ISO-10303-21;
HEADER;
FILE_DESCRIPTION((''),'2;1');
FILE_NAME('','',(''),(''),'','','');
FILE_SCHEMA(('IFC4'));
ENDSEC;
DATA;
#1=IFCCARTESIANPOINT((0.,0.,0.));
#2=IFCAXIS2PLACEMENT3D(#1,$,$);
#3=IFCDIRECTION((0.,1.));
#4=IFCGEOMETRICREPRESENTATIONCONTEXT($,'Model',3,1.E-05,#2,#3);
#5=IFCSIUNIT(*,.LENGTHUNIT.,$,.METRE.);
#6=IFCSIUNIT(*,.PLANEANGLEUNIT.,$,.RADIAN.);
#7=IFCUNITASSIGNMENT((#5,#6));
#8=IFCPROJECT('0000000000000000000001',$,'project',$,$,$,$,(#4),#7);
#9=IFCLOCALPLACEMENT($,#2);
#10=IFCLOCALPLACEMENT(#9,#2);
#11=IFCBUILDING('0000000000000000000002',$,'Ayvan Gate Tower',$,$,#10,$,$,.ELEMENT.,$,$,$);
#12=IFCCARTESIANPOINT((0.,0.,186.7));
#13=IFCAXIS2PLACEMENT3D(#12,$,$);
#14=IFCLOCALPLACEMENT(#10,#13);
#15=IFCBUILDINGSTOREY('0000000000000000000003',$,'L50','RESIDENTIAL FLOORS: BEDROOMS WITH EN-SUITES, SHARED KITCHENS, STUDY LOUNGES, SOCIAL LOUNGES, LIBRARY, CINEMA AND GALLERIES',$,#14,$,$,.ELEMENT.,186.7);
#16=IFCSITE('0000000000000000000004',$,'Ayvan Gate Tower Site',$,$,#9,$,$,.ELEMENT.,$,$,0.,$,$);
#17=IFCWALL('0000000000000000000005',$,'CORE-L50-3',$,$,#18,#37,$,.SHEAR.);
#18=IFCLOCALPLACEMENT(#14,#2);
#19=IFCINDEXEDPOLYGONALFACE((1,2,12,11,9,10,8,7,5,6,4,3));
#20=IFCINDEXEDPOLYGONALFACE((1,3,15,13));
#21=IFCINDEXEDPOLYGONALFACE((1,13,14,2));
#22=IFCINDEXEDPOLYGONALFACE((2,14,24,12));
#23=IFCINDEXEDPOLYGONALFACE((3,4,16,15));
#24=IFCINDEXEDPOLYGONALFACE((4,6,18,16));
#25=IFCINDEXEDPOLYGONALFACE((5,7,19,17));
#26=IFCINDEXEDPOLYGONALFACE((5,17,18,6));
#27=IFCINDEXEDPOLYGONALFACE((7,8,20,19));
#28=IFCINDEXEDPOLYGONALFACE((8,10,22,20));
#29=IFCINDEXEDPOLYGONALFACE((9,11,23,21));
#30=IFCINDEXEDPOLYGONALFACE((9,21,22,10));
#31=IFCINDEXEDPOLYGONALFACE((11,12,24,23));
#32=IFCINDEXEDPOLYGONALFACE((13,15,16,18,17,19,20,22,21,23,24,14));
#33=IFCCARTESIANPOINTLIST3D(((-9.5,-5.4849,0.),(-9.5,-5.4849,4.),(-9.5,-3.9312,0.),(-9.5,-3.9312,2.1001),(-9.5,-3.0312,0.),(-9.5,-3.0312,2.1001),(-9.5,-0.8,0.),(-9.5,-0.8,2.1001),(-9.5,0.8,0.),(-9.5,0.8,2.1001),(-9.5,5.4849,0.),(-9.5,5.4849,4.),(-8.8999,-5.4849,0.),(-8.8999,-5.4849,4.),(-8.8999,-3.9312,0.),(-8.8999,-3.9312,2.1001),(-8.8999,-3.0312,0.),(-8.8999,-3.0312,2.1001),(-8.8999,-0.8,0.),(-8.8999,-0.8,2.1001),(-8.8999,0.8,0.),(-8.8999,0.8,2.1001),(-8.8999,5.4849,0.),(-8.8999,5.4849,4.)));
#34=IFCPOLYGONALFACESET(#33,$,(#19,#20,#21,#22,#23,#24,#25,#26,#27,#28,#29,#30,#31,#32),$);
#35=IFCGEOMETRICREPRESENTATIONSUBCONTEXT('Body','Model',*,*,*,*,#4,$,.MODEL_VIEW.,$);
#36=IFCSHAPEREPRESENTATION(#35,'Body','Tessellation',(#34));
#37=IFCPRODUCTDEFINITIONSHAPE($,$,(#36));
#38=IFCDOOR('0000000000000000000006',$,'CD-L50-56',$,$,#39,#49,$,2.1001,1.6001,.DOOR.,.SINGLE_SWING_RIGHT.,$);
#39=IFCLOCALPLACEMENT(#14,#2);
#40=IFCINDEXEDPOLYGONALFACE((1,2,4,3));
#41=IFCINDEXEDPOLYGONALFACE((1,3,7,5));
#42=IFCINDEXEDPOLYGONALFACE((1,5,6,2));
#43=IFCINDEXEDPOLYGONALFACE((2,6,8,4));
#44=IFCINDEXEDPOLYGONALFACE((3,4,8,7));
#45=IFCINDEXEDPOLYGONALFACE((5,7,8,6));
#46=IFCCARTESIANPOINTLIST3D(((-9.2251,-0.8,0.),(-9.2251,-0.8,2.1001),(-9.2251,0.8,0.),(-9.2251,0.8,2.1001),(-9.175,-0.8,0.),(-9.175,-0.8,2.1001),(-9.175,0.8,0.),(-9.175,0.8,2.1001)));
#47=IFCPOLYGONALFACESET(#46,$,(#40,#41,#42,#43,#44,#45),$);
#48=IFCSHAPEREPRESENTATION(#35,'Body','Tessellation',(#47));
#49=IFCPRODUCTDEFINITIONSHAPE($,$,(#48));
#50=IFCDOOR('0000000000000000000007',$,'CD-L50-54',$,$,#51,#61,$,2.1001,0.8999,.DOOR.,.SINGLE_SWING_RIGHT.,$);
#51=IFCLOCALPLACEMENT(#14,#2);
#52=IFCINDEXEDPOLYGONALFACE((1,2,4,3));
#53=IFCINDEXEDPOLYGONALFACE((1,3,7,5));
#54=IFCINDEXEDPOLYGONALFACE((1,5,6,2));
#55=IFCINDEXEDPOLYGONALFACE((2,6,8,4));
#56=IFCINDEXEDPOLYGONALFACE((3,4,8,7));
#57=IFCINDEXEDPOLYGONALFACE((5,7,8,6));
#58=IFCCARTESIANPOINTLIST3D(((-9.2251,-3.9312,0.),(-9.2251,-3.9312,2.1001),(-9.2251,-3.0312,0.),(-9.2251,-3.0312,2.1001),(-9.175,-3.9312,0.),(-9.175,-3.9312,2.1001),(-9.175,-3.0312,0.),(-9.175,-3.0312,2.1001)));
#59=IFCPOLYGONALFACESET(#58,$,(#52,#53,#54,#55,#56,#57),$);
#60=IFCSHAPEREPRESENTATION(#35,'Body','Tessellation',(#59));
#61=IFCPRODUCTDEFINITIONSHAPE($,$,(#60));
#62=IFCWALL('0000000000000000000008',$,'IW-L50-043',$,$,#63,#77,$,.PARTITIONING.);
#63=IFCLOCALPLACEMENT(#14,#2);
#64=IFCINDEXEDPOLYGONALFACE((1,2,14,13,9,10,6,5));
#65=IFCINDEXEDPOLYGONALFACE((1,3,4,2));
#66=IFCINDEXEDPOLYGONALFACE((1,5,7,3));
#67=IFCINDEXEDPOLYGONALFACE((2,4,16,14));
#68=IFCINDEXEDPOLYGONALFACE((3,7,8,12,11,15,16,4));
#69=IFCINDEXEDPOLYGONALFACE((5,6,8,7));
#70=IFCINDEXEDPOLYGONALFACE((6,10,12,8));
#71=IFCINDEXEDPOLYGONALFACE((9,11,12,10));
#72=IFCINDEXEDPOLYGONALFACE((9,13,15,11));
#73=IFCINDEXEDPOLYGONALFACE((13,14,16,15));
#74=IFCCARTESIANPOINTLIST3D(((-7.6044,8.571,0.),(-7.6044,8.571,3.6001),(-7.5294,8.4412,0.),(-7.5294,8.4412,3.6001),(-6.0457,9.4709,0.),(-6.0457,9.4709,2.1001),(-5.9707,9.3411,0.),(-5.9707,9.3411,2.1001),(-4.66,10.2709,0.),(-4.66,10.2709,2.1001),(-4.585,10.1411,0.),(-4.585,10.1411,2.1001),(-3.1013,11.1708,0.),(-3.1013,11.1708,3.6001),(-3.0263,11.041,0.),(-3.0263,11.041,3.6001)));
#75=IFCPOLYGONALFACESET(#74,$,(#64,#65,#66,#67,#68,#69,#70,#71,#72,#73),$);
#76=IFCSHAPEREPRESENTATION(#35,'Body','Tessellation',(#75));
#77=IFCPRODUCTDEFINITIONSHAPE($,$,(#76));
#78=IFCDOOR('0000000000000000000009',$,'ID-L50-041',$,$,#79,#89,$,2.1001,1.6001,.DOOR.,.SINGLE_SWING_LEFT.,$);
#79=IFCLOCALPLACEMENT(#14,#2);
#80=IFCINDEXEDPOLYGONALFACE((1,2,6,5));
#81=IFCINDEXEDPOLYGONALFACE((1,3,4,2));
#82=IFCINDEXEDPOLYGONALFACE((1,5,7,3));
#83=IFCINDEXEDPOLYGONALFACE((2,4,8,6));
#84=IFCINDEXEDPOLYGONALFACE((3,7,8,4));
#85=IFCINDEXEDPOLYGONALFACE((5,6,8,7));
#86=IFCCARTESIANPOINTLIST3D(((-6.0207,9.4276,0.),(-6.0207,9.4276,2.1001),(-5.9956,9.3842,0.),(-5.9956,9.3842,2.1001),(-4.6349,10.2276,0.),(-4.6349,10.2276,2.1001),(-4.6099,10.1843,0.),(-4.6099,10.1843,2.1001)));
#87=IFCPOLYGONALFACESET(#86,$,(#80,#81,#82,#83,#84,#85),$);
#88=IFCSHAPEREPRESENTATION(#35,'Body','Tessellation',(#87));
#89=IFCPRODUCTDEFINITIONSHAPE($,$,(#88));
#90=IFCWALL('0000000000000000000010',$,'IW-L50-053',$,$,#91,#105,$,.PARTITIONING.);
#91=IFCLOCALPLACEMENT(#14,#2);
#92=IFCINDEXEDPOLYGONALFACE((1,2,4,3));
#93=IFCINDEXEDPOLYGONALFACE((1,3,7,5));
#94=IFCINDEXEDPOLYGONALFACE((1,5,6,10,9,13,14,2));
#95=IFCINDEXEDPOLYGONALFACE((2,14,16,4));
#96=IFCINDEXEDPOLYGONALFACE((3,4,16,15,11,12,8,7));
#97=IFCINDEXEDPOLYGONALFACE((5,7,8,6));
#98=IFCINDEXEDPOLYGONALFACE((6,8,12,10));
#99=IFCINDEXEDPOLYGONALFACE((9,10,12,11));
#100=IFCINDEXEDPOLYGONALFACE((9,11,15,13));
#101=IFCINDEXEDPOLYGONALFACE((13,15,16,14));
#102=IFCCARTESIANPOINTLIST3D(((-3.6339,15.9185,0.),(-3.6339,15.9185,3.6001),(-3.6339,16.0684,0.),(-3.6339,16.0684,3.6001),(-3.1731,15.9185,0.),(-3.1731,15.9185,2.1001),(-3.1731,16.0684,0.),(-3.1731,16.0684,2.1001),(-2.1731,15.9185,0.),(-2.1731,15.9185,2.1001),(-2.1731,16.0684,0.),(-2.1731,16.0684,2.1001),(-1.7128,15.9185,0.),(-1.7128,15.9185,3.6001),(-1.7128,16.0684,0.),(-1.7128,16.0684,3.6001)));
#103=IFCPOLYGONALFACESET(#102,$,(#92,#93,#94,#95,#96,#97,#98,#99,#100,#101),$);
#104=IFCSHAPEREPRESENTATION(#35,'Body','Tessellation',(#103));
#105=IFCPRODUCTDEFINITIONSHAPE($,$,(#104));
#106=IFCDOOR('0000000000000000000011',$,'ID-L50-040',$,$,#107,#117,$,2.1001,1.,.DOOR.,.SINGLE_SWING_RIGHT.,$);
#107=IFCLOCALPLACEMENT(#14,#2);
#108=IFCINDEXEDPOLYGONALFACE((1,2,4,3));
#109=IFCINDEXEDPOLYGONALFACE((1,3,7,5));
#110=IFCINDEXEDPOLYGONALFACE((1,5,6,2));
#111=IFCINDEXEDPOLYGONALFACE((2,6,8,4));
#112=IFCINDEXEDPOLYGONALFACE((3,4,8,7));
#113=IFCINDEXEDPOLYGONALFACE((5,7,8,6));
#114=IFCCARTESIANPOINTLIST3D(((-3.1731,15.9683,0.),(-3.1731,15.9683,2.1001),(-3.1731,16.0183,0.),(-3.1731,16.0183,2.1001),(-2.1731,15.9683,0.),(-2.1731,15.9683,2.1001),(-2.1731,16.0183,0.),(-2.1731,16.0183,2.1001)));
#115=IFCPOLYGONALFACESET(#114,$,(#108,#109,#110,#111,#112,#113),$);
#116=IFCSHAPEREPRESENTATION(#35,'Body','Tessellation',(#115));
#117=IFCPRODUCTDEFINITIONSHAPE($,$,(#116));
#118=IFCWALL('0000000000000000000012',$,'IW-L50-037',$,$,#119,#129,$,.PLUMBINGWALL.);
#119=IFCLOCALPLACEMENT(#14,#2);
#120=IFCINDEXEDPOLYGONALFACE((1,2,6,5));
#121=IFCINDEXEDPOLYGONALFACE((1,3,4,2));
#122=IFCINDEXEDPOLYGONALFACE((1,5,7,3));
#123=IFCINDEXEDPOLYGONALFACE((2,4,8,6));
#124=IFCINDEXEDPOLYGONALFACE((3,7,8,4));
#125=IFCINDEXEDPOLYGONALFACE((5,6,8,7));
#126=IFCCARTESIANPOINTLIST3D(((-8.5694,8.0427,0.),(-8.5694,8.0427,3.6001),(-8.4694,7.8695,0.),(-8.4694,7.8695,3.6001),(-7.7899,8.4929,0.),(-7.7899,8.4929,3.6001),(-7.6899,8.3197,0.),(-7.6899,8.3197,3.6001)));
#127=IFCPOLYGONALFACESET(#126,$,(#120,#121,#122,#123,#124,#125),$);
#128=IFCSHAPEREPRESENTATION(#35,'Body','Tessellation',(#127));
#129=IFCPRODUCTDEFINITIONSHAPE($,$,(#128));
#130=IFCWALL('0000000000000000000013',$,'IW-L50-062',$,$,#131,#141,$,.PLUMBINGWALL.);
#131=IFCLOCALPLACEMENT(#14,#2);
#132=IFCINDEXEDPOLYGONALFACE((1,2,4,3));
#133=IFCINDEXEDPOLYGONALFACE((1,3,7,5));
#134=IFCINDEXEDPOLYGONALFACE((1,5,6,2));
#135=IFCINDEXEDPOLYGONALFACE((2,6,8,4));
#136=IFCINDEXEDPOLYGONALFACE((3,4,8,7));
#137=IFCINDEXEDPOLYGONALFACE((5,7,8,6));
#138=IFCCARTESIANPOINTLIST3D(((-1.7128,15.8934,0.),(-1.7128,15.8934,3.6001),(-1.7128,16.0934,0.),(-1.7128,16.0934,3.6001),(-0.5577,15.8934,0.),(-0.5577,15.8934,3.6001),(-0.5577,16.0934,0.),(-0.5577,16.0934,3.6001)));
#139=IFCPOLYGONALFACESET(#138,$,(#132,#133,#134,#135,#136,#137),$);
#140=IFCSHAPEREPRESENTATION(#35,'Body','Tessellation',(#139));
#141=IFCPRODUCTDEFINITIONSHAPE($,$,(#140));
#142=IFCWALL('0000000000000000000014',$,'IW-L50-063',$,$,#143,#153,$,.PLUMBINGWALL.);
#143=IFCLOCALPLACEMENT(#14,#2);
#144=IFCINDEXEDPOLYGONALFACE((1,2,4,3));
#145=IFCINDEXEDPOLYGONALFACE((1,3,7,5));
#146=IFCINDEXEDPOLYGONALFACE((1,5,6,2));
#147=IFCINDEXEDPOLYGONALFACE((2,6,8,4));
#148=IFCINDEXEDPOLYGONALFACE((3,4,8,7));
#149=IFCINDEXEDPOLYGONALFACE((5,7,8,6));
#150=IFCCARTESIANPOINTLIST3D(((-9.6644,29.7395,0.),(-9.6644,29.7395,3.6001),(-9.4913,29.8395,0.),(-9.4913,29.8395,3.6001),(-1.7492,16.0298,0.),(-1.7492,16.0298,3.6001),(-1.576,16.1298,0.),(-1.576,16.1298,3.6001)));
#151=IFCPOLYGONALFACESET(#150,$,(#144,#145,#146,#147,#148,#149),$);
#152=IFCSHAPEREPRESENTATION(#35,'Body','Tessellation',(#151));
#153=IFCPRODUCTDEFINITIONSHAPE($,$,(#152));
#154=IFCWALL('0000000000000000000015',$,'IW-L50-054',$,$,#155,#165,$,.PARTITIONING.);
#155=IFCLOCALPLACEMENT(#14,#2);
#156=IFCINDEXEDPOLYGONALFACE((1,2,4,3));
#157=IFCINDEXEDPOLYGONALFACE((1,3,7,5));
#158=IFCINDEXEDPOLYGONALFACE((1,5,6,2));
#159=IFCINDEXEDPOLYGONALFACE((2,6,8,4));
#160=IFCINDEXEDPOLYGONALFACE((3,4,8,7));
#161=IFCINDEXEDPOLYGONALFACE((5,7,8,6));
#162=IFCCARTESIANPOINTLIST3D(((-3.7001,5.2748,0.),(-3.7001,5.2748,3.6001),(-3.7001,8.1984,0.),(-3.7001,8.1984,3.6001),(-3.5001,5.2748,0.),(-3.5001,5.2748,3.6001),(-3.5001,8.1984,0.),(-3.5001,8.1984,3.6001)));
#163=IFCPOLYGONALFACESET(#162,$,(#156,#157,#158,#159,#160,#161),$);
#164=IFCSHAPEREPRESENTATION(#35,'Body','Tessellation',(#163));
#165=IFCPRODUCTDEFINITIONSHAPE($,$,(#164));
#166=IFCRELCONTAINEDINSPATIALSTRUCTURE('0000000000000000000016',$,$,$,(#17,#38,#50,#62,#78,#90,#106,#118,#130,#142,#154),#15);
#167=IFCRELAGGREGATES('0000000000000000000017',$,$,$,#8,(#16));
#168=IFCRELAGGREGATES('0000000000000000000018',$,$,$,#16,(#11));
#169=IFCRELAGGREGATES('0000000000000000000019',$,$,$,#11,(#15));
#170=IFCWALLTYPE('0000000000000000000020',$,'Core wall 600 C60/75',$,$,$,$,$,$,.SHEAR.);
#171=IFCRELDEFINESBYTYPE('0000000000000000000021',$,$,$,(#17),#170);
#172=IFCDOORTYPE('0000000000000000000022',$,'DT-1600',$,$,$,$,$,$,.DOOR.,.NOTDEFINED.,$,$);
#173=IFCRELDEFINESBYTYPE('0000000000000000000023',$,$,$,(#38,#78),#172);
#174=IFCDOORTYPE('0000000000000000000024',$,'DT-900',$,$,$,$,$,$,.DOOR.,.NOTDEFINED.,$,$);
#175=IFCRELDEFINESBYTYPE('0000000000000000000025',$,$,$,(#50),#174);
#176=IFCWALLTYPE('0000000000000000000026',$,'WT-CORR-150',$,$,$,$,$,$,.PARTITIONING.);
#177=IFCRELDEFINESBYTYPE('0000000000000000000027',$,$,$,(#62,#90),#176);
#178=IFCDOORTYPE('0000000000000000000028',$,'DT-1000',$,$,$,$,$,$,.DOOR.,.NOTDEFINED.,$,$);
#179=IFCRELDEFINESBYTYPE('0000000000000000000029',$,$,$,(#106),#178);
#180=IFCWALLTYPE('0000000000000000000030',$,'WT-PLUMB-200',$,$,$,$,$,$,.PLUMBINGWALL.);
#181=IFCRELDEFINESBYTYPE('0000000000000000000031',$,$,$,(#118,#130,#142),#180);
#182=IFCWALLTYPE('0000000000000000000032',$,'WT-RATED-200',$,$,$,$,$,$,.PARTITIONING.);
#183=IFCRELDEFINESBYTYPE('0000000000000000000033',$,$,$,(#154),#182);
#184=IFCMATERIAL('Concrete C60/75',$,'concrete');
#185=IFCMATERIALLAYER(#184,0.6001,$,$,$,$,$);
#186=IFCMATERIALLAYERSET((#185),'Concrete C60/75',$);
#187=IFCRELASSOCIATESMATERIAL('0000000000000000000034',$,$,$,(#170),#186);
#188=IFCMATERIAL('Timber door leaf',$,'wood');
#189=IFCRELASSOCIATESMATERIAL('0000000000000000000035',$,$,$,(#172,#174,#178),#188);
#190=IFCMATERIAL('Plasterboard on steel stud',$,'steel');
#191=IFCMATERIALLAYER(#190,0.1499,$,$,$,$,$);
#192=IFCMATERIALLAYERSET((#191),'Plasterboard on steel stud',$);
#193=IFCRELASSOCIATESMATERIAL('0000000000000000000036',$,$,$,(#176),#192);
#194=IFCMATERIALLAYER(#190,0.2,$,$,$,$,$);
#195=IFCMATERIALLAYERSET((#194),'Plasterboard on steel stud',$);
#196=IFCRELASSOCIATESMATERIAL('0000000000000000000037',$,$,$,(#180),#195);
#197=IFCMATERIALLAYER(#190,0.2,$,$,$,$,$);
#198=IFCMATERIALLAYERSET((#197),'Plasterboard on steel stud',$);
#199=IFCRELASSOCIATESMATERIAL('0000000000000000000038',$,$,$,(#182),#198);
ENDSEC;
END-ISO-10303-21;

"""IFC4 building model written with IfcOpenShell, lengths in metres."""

from ifc_helpers import new_model, si_unit, direction, frame, frame_2d, origin, place, context, subcontext, project, spatial, rectangle, extrude, material, layer, layer_set, type_object, element, fill, save


model = new_model("IFC4")

# Units and contexts
model_context = context("Model", 3, precision=1e-05, world=origin(), true_north=direction((0.0, 1.0)))
body_context = subcontext(model_context, "Body", "Model", "MODEL_VIEW")
ifc_project = project(units=[si_unit("LENGTHUNIT", "METRE"), si_unit("PLANEANGLEUNIT", "RADIAN")], contexts=[model_context])

# Site, building, storey
site_placement = place(None, origin())
site = spatial("IfcSite", under=ifc_project, at=site_placement, Name="Ayvan Gate Tower Site", CompositionType="ELEMENT", RefElevation=0.0)
building_placement = place(site_placement, origin())
building = spatial("IfcBuilding", under=site, at=building_placement, Name="Ayvan Gate Tower", CompositionType="ELEMENT")
storey_placement = place(building_placement, frame((0.0, 0.0, 186.7)))
storey = spatial("IfcBuildingStorey", under=building, at=storey_placement, Name="L50", Description="RESIDENTIAL FLOORS: BEDROOMS WITH EN-SUITES, SHARED KITCHENS, STUDY LOUNGES, SOCIAL LOUNGES, LIBRARY, CINEMA AND GALLERIES", CompositionType="ELEMENT", Elevation=186.7)

# Wall, openings, doors
ifc_material_1 = material(Name="Concrete C60/75", Category="concrete")
ifc_layer_1 = layer(ifc_material_1, 0.6001)
ifc_layer_set_1 = layer_set([ifc_layer_1], Name="Concrete C60/75")
wall_type_1 = type_object("IfcWallType", Name="Core wall 600 C60/75", PredefinedType="SHEAR", material=ifc_layer_set_1)
wall_1_placement = place(storey_placement, frame((-9.2, 5.4849, 0.0), z_axis=(0.0, 0.0, 1.0), x_axis=(0.0, -1.0, 0.0)))
wall_1 = element("IfcWall", 1, at=wall_1_placement, inside=storey, type_object=wall_type_1, Name="CORE-L50-3", PredefinedType="SHEAR", context=body_context, shape_type="SweptSolid", body=[
    extrude(rectangle(XDim=10.9697, YDim=0.6001, at=frame_2d((5.4849, 0.0))), origin(), (0.0, 0.0, 1.0), 4.0),
])
opening_1_placement = place(wall_1_placement, frame((8.5161, 0.0, 0.0)))
opening_1 = element("IfcOpeningElement", 2, at=opening_1_placement, cuts=wall_1, PredefinedType="OPENING", context=body_context, shape_type="SweptSolid", body=[
    extrude(rectangle(XDim=0.8999, YDim=2.1001, at=frame_2d((0.45, 1.05))), frame((0.0, 0.3101, 0.0), z_axis=(0.0, -1.0, 0.0), x_axis=(1.0, 0.0, 0.0)), (0.0, 0.0, 1.0), 0.6201),
])
opening_2_placement = place(wall_1_placement, frame((4.6848, 0.0, 0.0)))
opening_2 = element("IfcOpeningElement", 3, at=opening_2_placement, cuts=wall_1, PredefinedType="OPENING", context=body_context, shape_type="SweptSolid", body=[
    extrude(rectangle(XDim=1.6001, YDim=2.1001, at=frame_2d((0.8, 1.05))), frame((0.0, 0.3101, 0.0), z_axis=(0.0, -1.0, 0.0), x_axis=(1.0, 0.0, 0.0)), (0.0, 0.0, 1.0), 0.6201),
])
ifc_material_2 = material(Name="Timber door leaf", Category="wood")
door_type_1 = type_object("IfcDoorType", Name="DT-1600", OperationType="NOTDEFINED", PredefinedType="DOOR", material=ifc_material_2)
door_1_placement = place(opening_2_placement, origin())
door_1 = element("IfcDoor", 4, at=door_1_placement, inside=storey, type_object=door_type_1, Name="CD-L50-56", OperationType="SINGLE_SWING_RIGHT", OverallHeight=2.1001, OverallWidth=1.6001, PredefinedType="DOOR", context=body_context, shape_type="SweptSolid", body=[
    extrude(rectangle(XDim=1.6001, YDim=2.1001, at=frame_2d((0.8, 1.05))), frame((0.0, 0.0249, 0.0), z_axis=(0.0, -1.0, 0.0), x_axis=(1.0, 0.0, 0.0)), (0.0, 0.0, 1.0), 0.05),
])
fill(opening_2, door_1)
door_type_2 = type_object("IfcDoorType", Name="DT-900", OperationType="NOTDEFINED", PredefinedType="DOOR", material=ifc_material_2)
door_2_placement = place(opening_1_placement, origin())
door_2 = element("IfcDoor", 5, at=door_2_placement, inside=storey, type_object=door_type_2, Name="CD-L50-54", OperationType="SINGLE_SWING_RIGHT", OverallHeight=2.1001, OverallWidth=0.8999, PredefinedType="DOOR", context=body_context, shape_type="SweptSolid", body=[
    extrude(rectangle(XDim=0.8999, YDim=2.1001, at=frame_2d((0.45, 1.05))), frame((0.0, 0.0249, 0.0), z_axis=(0.0, -1.0, 0.0), x_axis=(1.0, 0.0, 0.0)), (0.0, 0.0, 1.0), 0.05),
])
fill(opening_1, door_2)

# Walls, openings, doors
ifc_material_3 = material(Name="Plasterboard on steel stud", Category="steel")
ifc_layer_2 = layer(ifc_material_3, 0.1499)
ifc_layer_set_2 = layer_set([ifc_layer_2], Name="Plasterboard on steel stud")
wall_type_2 = type_object("IfcWallType", Name="WT-CORR-150", PredefinedType="PARTITIONING", material=ifc_layer_set_2)
wall_2_placement = place(storey_placement, frame((-7.5669, 8.5061, 0.0), z_axis=(0.0, 0.0, 1.0), x_axis=(0.86603, 0.499992, 0.0)))
wall_2 = element("IfcWall", 6, at=wall_2_placement, inside=storey, type_object=wall_type_2, Name="IW-L50-043", PredefinedType="PARTITIONING", context=body_context, shape_type="SweptSolid", body=[
    extrude(rectangle(XDim=5.1997, YDim=0.1499, at=frame_2d((2.5999, 0.0))), origin(), (0.0, 0.0, 1.0), 3.6001),
])
opening_3_placement = place(wall_2_placement, frame((1.7998, 0.0, 0.0)))
opening_3 = element("IfcOpeningElement", 7, at=opening_3_placement, cuts=wall_2, PredefinedType="OPENING", context=body_context, shape_type="SweptSolid", body=[
    extrude(rectangle(XDim=1.6001, YDim=2.1001, at=frame_2d((0.8, 1.05))), frame((0.0, 0.085, 0.0), z_axis=(0.0, -1.0, 0.0), x_axis=(1.0, 0.0, 0.0)), (0.0, 0.0, 1.0), 0.1699),
])
door_3_placement = place(opening_3_placement, origin())
door_3 = element("IfcDoor", 8, at=door_3_placement, inside=storey, type_object=door_type_1, Name="ID-L50-041", OperationType="SINGLE_SWING_LEFT", OverallHeight=2.1001, OverallWidth=1.6001, PredefinedType="DOOR", context=body_context, shape_type="SweptSolid", body=[
    extrude(rectangle(XDim=1.6001, YDim=2.1001, at=frame_2d((0.8, 1.05))), frame((0.0, 0.0249, 0.0), z_axis=(0.0, -1.0, 0.0), x_axis=(1.0, 0.0, 0.0)), (0.0, 0.0, 1.0), 0.05),
])
fill(opening_3, door_3)
wall_3_placement = place(storey_placement, frame((-3.6338, 15.9934, 0.0), z_axis=(0.0, 0.0, 1.0), x_axis=(1.0, 0.0, 0.0)))
wall_3 = element("IfcWall", 9, at=wall_3_placement, inside=storey, type_object=wall_type_2, Name="IW-L50-053", PredefinedType="PARTITIONING", context=body_context, shape_type="SweptSolid", body=[
    extrude(rectangle(XDim=1.9211, YDim=0.1499, at=frame_2d((0.9604, 0.0))), origin(), (0.0, 0.0, 1.0), 3.6001),
])
opening_4_placement = place(wall_3_placement, frame((0.4607, 0.0, 0.0)))
opening_4 = element("IfcOpeningElement", 10, at=opening_4_placement, cuts=wall_3, PredefinedType="OPENING", context=body_context, shape_type="SweptSolid", body=[
    extrude(rectangle(XDim=1.0, YDim=2.1001, at=frame_2d((0.5, 1.05))), frame((0.0, 0.085, 0.0), z_axis=(0.0, -1.0, 0.0), x_axis=(1.0, 0.0, 0.0)), (0.0, 0.0, 1.0), 0.1699),
])
door_type_3 = type_object("IfcDoorType", Name="DT-1000", OperationType="NOTDEFINED", PredefinedType="DOOR", material=ifc_material_2)
door_4_placement = place(opening_4_placement, origin())
door_4 = element("IfcDoor", 11, at=door_4_placement, inside=storey, type_object=door_type_3, Name="ID-L50-040", OperationType="SINGLE_SWING_RIGHT", OverallHeight=2.1001, OverallWidth=1.0, PredefinedType="DOOR", context=body_context, shape_type="SweptSolid", body=[
    extrude(rectangle(XDim=1.0, YDim=2.1001, at=frame_2d((0.5, 1.05))), frame((0.0, 0.0249, 0.0), z_axis=(0.0, -1.0, 0.0), x_axis=(1.0, 0.0, 0.0)), (0.0, 0.0, 1.0), 0.05),
])
fill(opening_4, door_4)

# Walls
ifc_layer_3 = layer(ifc_material_3, 0.2)
ifc_layer_set_3 = layer_set([ifc_layer_3], Name="Plasterboard on steel stud")
wall_type_3 = type_object("IfcWallType", Name="WT-PLUMB-200", PredefinedType="PLUMBINGWALL", material=ifc_layer_set_3)
wall_4_placement = place(storey_placement, frame((-8.5195, 7.9561, 0.0), z_axis=(0.0, 0.0, 1.0), x_axis=(0.865964, 0.500106, 0.0)))
element("IfcWall", 12, at=wall_4_placement, inside=storey, type_object=wall_type_3, Name="IW-L50-037", PredefinedType="PLUMBINGWALL", context=body_context, shape_type="SweptSolid", body=[
    extrude(rectangle(XDim=0.9001, YDim=0.2, at=frame_2d((0.4502, 0.0))), origin(), (0.0, 0.0, 1.0), 3.6001),
])
wall_5_placement = place(storey_placement, frame((-1.7129, 15.9934, 0.0), z_axis=(0.0, 0.0, 1.0), x_axis=(1.0, 0.0, 0.0)))
element("IfcWall", 13, at=wall_5_placement, inside=storey, type_object=wall_type_3, Name="IW-L50-062", PredefinedType="PLUMBINGWALL", context=body_context, shape_type="SweptSolid", body=[
    extrude(rectangle(XDim=1.155, YDim=0.2, at=frame_2d((0.5776, 0.0))), origin(), (0.0, 0.0, 1.0), 3.6001),
])
wall_6_placement = place(storey_placement, frame((-1.6626, 16.0798, 0.0), z_axis=(0.0, 0.0, 1.0), x_axis=(-0.499999, 0.866026, 0.0)))
element("IfcWall", 14, at=wall_6_placement, inside=storey, type_object=wall_type_3, Name="IW-L50-063", PredefinedType="PLUMBINGWALL", context=body_context, shape_type="SweptSolid", body=[
    extrude(rectangle(XDim=15.8306, YDim=0.2, at=frame_2d((7.9153, 0.0))), origin(), (0.0, 0.0, 1.0), 3.6001),
])
ifc_layer_4 = layer(ifc_material_3, 0.2)
ifc_layer_set_4 = layer_set([ifc_layer_4], Name="Plasterboard on steel stud")
wall_type_4 = type_object("IfcWallType", Name="WT-RATED-200", PredefinedType="PARTITIONING", material=ifc_layer_set_4)
wall_7_placement = place(storey_placement, frame((-3.6001, 8.1985, 0.0), z_axis=(0.0, 0.0, 1.0), x_axis=(0.0, -1.0, 0.0)))
element("IfcWall", 15, at=wall_7_placement, inside=storey, type_object=wall_type_4, Name="IW-L50-054", PredefinedType="PARTITIONING", context=body_context, shape_type="SweptSolid", body=[
    extrude(rectangle(XDim=2.9236, YDim=0.2, at=frame_2d((1.4619, 0.0))), origin(), (0.0, 0.0, 1.0), 3.6001),
])

save(model, "model.ifc")
